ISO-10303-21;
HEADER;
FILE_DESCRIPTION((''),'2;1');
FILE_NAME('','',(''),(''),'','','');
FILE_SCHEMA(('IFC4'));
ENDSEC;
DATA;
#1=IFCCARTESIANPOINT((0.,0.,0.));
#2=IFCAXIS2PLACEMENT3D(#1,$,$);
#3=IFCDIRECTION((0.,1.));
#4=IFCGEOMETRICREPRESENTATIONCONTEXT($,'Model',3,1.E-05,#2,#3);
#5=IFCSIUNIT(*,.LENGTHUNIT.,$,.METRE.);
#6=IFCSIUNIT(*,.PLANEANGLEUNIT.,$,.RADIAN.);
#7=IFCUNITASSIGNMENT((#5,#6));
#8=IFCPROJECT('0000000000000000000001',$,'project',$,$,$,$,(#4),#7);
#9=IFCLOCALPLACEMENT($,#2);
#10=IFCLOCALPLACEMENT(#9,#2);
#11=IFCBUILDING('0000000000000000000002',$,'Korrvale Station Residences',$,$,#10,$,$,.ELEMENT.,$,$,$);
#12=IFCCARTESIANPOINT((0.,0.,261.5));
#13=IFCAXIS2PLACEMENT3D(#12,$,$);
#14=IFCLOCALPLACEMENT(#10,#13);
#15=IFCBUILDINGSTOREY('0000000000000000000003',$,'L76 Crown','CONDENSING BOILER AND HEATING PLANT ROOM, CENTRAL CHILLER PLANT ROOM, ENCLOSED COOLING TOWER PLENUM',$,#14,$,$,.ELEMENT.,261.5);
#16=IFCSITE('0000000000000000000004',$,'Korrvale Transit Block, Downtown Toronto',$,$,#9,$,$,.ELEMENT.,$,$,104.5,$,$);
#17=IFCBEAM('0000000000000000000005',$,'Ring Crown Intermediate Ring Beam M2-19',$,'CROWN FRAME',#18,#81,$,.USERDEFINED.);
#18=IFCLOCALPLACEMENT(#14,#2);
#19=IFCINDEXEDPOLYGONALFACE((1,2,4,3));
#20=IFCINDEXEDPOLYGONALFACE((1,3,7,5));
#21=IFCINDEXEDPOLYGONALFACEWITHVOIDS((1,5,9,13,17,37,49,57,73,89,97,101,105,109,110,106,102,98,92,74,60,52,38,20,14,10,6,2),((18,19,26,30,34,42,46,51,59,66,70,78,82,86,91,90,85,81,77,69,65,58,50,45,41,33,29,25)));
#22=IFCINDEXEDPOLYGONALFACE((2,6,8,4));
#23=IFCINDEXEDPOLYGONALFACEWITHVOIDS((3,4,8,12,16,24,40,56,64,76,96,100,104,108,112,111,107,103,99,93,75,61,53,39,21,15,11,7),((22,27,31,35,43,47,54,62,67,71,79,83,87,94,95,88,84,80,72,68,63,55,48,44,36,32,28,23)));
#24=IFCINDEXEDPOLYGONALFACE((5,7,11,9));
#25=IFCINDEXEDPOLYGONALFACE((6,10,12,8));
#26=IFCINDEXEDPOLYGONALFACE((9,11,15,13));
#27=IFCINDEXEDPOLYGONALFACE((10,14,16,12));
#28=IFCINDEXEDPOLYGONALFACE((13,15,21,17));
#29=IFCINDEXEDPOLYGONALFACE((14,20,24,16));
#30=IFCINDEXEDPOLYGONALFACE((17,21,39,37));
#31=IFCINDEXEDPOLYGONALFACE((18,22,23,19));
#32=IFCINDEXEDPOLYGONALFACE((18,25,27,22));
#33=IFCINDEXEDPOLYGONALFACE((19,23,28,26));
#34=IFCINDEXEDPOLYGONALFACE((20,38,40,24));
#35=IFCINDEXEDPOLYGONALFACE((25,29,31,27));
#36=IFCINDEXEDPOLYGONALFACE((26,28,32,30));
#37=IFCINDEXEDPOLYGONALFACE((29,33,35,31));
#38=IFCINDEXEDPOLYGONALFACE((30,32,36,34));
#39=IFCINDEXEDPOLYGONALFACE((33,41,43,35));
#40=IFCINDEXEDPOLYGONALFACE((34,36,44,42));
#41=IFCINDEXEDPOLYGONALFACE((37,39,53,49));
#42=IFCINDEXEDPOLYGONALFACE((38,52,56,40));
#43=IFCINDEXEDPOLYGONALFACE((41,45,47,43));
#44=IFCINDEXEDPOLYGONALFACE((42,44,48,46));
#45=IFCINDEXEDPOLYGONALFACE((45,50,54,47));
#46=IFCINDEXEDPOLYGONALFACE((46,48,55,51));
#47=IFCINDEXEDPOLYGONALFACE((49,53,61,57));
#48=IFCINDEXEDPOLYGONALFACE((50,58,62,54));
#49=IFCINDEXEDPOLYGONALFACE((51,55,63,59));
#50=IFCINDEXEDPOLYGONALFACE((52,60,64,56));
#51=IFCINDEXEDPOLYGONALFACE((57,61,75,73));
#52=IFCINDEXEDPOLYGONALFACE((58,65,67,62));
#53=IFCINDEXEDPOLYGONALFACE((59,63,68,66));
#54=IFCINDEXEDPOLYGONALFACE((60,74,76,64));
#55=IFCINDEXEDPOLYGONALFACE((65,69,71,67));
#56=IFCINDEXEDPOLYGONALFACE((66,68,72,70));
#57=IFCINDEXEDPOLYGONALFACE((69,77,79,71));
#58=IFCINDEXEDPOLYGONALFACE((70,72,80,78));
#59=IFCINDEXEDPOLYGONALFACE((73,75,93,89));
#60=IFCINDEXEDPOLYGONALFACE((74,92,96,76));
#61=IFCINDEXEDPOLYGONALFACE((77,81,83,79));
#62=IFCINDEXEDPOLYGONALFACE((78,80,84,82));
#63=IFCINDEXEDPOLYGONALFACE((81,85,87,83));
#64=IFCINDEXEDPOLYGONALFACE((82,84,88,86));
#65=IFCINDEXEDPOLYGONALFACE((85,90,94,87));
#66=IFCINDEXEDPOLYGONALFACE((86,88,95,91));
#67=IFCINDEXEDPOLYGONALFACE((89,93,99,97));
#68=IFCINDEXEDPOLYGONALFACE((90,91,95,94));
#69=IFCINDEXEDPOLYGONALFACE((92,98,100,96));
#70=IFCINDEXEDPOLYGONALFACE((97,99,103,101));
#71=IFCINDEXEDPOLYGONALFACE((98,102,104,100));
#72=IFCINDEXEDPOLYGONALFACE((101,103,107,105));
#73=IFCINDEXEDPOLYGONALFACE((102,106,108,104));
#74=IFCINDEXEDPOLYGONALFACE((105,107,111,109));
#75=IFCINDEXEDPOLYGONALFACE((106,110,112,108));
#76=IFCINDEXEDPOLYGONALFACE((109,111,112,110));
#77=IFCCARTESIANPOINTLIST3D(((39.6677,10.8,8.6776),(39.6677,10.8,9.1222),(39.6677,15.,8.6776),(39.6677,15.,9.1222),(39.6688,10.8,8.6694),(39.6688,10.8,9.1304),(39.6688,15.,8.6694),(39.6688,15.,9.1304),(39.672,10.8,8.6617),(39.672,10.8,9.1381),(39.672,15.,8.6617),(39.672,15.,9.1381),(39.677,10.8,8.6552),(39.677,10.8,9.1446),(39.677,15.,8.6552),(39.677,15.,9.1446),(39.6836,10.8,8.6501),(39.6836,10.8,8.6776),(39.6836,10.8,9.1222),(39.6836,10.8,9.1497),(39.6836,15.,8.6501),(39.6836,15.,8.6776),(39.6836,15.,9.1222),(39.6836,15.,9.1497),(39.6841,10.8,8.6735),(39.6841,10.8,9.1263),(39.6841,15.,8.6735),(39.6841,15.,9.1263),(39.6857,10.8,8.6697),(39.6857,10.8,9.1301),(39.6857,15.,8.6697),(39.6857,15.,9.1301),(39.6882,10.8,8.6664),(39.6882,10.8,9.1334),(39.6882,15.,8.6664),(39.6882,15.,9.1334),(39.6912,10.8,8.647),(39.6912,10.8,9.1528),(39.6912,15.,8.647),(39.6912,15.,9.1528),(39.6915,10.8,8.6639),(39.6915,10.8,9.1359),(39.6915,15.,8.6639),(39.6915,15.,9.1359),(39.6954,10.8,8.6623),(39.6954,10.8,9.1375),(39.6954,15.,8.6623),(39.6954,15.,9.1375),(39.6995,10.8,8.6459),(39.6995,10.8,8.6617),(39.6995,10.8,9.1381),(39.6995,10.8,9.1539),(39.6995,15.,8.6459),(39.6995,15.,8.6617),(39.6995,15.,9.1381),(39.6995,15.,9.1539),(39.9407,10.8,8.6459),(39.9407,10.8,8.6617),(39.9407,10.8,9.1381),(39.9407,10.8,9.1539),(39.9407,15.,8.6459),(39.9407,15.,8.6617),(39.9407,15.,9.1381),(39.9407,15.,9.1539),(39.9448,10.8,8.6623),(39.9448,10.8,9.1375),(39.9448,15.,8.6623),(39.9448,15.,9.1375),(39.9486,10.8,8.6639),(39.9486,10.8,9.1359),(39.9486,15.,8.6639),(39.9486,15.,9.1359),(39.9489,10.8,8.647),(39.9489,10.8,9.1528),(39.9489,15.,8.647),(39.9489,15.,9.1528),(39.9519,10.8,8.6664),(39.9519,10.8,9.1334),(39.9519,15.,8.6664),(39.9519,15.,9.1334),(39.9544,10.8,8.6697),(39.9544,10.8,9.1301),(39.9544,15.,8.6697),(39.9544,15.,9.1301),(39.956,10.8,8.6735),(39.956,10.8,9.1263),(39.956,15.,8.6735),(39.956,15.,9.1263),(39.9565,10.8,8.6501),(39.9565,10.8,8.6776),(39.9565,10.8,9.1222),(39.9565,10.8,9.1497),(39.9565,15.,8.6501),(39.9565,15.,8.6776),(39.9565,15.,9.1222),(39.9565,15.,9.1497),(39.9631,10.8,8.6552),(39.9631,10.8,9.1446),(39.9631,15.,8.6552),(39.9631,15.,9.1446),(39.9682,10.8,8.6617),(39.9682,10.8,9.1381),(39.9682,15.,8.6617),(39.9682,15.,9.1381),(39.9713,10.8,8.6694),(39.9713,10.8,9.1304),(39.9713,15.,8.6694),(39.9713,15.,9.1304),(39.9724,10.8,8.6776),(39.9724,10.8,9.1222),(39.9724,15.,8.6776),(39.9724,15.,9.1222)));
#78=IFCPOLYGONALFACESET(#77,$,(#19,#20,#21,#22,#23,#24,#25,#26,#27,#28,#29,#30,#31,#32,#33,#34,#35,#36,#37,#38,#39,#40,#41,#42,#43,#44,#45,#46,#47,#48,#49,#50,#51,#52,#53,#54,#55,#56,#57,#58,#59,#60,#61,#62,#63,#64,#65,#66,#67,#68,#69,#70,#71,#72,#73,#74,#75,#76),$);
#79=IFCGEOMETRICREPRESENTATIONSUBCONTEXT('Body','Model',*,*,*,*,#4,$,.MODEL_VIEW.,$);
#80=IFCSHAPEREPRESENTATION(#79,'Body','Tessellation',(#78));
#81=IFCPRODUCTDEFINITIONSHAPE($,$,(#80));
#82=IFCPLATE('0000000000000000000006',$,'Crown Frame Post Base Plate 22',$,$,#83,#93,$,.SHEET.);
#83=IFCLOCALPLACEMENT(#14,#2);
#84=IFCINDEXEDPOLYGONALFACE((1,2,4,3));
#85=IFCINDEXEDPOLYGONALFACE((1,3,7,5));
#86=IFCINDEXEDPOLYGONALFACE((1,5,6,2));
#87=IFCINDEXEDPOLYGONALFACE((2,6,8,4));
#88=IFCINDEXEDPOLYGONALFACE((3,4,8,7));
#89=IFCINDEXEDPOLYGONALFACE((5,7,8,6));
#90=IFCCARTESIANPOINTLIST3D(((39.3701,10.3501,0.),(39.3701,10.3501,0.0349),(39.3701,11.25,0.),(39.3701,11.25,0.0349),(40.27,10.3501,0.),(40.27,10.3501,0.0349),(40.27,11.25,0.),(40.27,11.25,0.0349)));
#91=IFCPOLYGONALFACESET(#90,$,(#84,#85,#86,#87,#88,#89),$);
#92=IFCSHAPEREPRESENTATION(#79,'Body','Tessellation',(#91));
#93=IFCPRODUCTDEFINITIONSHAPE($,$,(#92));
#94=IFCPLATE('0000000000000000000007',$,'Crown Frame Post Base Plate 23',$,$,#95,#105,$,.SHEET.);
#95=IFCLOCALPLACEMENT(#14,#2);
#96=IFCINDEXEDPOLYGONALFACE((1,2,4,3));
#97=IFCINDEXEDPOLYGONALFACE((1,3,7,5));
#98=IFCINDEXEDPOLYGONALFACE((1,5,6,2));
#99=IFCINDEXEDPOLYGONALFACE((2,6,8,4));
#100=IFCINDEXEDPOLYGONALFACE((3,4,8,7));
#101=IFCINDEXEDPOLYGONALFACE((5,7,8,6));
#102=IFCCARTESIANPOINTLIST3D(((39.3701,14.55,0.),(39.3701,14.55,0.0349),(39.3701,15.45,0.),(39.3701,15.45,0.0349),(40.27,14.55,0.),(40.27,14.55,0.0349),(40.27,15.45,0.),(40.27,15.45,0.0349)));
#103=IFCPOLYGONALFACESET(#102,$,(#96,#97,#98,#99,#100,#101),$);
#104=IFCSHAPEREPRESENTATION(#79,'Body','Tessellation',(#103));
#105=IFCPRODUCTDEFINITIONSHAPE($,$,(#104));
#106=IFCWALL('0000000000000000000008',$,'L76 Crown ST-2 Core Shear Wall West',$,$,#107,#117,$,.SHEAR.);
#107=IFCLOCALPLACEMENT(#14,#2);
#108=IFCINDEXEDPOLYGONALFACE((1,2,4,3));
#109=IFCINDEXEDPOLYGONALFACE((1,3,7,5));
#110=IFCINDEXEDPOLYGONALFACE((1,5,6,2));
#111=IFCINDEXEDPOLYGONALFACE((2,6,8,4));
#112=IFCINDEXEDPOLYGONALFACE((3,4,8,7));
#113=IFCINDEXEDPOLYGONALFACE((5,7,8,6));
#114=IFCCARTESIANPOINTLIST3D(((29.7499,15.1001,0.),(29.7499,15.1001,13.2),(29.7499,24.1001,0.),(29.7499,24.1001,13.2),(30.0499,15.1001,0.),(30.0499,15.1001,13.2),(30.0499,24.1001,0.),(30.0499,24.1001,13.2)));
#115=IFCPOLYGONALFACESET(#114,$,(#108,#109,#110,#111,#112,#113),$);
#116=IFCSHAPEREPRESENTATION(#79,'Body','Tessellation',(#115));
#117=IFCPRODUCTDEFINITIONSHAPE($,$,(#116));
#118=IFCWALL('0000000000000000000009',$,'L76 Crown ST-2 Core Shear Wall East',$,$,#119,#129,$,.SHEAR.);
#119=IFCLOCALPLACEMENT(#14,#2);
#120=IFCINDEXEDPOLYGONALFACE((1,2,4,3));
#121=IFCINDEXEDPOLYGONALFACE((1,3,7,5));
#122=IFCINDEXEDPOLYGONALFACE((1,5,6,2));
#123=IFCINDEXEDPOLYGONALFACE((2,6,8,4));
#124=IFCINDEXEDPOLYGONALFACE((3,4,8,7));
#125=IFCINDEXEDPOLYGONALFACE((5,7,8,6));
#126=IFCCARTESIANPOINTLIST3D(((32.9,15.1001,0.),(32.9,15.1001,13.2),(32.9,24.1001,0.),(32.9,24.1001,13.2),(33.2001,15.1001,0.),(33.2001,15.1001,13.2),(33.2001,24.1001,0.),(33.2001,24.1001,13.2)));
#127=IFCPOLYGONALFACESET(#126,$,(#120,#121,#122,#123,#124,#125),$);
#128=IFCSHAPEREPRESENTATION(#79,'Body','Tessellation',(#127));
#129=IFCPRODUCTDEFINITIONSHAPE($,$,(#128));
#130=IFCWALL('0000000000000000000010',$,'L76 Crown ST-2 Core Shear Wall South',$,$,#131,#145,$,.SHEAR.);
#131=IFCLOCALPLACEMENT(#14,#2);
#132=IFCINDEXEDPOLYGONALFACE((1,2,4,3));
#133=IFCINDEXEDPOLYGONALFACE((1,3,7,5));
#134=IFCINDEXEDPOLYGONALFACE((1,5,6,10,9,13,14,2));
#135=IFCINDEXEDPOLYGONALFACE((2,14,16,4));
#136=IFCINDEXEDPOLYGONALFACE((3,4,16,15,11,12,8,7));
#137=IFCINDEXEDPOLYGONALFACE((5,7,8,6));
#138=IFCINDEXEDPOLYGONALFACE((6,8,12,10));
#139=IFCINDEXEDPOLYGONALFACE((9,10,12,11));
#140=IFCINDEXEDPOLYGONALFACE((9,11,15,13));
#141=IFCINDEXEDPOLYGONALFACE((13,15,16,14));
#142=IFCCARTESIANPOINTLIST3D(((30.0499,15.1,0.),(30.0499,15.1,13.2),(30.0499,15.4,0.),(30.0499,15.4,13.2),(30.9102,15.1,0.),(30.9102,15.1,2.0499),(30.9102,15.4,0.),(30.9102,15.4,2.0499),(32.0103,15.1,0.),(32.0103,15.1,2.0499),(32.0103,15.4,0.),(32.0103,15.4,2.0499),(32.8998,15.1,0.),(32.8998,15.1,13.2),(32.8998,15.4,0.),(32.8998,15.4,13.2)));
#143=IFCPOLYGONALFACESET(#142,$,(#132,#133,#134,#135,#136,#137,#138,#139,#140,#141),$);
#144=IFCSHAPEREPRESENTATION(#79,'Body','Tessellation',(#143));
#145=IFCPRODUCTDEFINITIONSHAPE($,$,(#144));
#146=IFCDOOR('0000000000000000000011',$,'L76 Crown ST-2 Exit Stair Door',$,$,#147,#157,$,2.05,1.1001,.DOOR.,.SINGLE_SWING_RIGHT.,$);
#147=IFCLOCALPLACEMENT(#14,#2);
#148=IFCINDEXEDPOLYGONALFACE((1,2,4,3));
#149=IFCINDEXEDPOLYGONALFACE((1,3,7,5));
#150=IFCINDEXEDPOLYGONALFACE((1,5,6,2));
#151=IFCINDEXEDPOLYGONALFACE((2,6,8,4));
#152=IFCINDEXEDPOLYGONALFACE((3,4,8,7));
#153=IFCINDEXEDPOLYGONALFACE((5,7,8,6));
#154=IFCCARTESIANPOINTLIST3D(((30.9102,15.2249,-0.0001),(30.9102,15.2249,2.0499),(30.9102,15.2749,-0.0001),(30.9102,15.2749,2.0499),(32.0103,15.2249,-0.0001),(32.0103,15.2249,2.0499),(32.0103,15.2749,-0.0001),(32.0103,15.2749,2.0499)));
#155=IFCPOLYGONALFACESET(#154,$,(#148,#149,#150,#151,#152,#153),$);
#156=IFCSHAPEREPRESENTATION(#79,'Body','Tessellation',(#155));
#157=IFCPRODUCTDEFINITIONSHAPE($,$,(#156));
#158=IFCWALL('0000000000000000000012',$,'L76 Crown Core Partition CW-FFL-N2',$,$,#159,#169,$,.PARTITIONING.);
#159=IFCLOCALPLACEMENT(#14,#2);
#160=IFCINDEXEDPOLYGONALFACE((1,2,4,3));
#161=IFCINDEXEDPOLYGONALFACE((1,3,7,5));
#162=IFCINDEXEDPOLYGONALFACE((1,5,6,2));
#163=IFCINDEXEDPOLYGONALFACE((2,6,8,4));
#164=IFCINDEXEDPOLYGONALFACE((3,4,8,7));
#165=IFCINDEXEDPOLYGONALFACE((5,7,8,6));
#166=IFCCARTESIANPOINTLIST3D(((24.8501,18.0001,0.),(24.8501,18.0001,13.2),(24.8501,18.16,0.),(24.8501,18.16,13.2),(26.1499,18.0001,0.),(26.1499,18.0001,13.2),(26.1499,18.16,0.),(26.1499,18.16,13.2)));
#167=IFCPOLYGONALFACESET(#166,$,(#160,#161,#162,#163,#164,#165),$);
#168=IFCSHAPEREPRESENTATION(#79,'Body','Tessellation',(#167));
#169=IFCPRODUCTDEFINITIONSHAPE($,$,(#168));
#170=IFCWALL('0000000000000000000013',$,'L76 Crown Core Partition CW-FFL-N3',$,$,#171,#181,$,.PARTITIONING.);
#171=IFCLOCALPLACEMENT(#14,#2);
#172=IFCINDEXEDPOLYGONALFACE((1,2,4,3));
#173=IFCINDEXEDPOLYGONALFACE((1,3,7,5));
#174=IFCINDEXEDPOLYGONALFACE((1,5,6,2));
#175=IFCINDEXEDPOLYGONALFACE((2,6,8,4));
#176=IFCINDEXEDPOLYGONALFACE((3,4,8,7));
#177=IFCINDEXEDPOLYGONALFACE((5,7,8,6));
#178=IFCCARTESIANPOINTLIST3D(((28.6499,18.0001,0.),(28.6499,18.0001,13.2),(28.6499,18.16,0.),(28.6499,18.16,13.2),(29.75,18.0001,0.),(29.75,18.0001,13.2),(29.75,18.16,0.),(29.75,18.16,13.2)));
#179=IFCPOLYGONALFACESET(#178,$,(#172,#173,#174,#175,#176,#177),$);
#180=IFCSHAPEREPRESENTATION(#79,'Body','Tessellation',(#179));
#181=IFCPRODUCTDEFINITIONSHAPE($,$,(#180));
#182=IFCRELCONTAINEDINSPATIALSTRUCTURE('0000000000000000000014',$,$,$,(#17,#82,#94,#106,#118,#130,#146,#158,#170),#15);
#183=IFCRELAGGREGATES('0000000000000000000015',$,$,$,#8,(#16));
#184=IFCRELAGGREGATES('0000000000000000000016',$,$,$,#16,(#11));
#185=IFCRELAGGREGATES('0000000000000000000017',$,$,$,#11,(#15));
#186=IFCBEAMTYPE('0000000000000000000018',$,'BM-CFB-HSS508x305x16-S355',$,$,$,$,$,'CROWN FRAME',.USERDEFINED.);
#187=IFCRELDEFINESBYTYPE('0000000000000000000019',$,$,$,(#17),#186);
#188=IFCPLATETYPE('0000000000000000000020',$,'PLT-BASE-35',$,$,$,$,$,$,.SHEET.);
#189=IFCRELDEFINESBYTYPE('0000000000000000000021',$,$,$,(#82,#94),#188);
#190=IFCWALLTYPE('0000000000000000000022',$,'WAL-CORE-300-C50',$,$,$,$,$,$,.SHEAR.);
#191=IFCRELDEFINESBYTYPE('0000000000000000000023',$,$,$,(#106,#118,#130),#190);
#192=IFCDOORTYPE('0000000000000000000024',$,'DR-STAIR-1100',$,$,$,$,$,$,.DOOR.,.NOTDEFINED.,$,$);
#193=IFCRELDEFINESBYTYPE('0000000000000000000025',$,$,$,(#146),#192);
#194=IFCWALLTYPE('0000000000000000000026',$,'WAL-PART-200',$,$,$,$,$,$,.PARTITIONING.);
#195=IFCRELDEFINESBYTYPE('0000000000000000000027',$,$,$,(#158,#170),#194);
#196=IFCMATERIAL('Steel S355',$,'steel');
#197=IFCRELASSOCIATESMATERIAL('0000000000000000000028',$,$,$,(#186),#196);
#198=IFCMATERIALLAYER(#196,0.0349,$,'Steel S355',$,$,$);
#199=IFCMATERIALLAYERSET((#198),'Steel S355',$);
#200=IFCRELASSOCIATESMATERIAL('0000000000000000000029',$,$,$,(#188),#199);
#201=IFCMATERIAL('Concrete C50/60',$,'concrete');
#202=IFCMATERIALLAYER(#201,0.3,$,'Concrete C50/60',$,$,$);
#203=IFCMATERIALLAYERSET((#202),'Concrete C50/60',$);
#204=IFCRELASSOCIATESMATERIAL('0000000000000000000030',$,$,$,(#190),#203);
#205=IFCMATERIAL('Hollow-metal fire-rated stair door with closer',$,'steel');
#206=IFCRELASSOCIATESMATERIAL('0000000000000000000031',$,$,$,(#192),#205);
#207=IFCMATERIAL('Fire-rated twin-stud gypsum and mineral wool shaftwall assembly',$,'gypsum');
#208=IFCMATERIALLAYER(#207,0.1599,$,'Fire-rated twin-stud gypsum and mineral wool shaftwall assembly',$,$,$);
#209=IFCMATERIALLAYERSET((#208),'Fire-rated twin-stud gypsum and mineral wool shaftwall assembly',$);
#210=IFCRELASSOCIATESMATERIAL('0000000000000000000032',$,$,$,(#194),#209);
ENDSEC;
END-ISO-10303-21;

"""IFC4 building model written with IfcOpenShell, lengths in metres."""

from ifc_helpers import new_model, si_unit, direction, frame, frame_2d, origin, origin_2d, place, context, subcontext, project, spatial, rectangle, hollow_rectangle, extrude, material, layer, layer_set, material_profile, profile_set, type_object, element, fill, save


model = new_model("IFC4")

# Units and contexts
model_context = context("Model", 3, precision=1e-05, world=origin(), true_north=direction((0.0, 1.0)))
body_context = subcontext(model_context, "Body", "Model", "MODEL_VIEW")
ifc_project = project(units=[si_unit("LENGTHUNIT", "METRE"), si_unit("PLANEANGLEUNIT", "RADIAN")], contexts=[model_context])

# Site, building, storey
site_placement = place(None, origin())
site = spatial("IfcSite", under=ifc_project, at=site_placement, Name="Korrvale Transit Block, Downtown Toronto", CompositionType="ELEMENT", RefElevation=104.5)
building_placement = place(site_placement, origin())
building = spatial("IfcBuilding", under=site, at=building_placement, Name="Korrvale Station Residences", CompositionType="ELEMENT")
storey_placement = place(building_placement, frame((0.0, 0.0, 261.5)))
storey = spatial("IfcBuildingStorey", under=building, at=storey_placement, Name="L76 Crown", Description="CONDENSING BOILER AND HEATING PLANT ROOM, CENTRAL CHILLER PLANT ROOM, ENCLOSED COOLING TOWER PLENUM", CompositionType="ELEMENT", Elevation=261.5)

# Shared definitions
ifc_material_1 = material(Name="Concrete C50/60", Category="concrete")
ifc_material_2 = material(Name="Steel S355", Category="steel")

# Beam
ifc_material_profile_1 = material_profile(ifc_material_2, hollow_rectangle(XDim=0.3047, YDim=0.5081, WallThickness=0.0159, InnerFilletRadius=0.0159, OuterFilletRadius=0.0317, at=origin_2d()), Name="HSS508x305x16")
ifc_profile_set_1 = profile_set([ifc_material_profile_1], Name="Steel S355")
beam_type_1 = type_object("IfcBeamType", Name="BM-CFB-HSS508x305x16-S355", ElementType="CROWN FRAME", PredefinedType="USERDEFINED", material=ifc_profile_set_1)
for number, where, z_axis, x_axis, name in (
    (1, (39.8201, 10.8, 8.8999), (0.0, 1.0, 0.0), (-1.0, 0.0, 0.0), "Ring Crown Intermediate Ring Beam M2-19"),
):
    element("IfcBeam", number, at=place(storey_placement, frame(where, z_axis=z_axis, x_axis=x_axis)), inside=storey, type_object=beam_type_1, Name=name, ObjectType="CROWN FRAME", PredefinedType="USERDEFINED", context=body_context, shape_type="SweptSolid", body=[
        extrude(hollow_rectangle(XDim=0.3047, YDim=0.5081, WallThickness=0.0159, InnerFilletRadius=0.0159, OuterFilletRadius=0.0317, at=origin_2d()), origin(), (0.0, 0.0, 1.0), 4.2),
    ])

# Plates
ifc_layer_1 = layer(ifc_material_2, 0.0349, Name="Steel S355")
ifc_layer_set_1 = layer_set([ifc_layer_1], Name="Steel S355")
plate_type = type_object("IfcPlateType", Name="PLT-BASE-35", PredefinedType="SHEET", material=ifc_layer_set_1)
for number, where, z_axis, x_axis, name in (
    (2, (39.8201, 10.8, 0.0), (0.0, 0.0, 1.0), (1.0, 0.0, 0.0), "Crown Frame Post Base Plate 22"),
    (3, (39.8201, 15.0, 0.0), (0.0, 0.0, 1.0), (1.0, 0.0, 0.0), "Crown Frame Post Base Plate 23"),
):
    element("IfcPlate", number, at=place(storey_placement, frame(where, z_axis=z_axis, x_axis=x_axis)), inside=storey, type_object=plate_type, Name=name, PredefinedType="SHEET", context=body_context, shape_type="SweptSolid", body=[
        extrude(rectangle(XDim=0.8999, YDim=0.8999, at=origin_2d()), origin(), (0.0, 0.0, 1.0), 0.0349),
    ])

# Walls
ifc_layer_2 = layer(ifc_material_1, 0.3, Name="Concrete C50/60")
ifc_layer_set_2 = layer_set([ifc_layer_2], Name="Concrete C50/60")
wall_type_1 = type_object("IfcWallType", Name="WAL-CORE-300-C50", PredefinedType="SHEAR", material=ifc_layer_set_2)
for number, where, z_axis, x_axis, name in (
    (4, (29.8999, 15.1001, 0.0), (0.0, 0.0, 1.0), (0.0, 1.0, 0.0), "L76 Crown ST-2 Core Shear Wall West"),
    (5, (33.05, 15.1001, 0.0), (0.0, 0.0, 1.0), (0.0, 1.0, 0.0), "L76 Crown ST-2 Core Shear Wall East"),
):
    element("IfcWall", number, at=place(storey_placement, frame(where, z_axis=z_axis, x_axis=x_axis)), inside=storey, type_object=wall_type_1, Name=name, PredefinedType="SHEAR", context=body_context, shape_type="SweptSolid", body=[
        extrude(rectangle(XDim=9.0, YDim=0.3, at=frame_2d((4.5, 0.0))), origin(), (0.0, 0.0, 1.0), 13.2),
    ])

# Wall, opening, door
wall_1_placement = place(storey_placement, frame((30.05, 15.25, 0.0), z_axis=(0.0, 0.0, 1.0), x_axis=(1.0, 0.0, 0.0)))
wall_1 = element("IfcWall", 6, at=wall_1_placement, inside=storey, type_object=wall_type_1, Name="L76 Crown ST-2 Core Shear Wall South", PredefinedType="SHEAR", context=body_context, shape_type="SweptSolid", body=[
    extrude(rectangle(XDim=2.8499, YDim=0.3, at=frame_2d((1.4248, 0.0))), origin(), (0.0, 0.0, 1.0), 13.2),
])
opening_1_placement = place(wall_1_placement, frame((0.8601, 0.0, 0.0)))
opening_1 = element("IfcOpeningElement", 7, at=opening_1_placement, cuts=wall_1, PredefinedType="OPENING", context=body_context, shape_type="SweptSolid", body=[
    extrude(rectangle(XDim=1.1001, YDim=2.05, at=frame_2d((0.55, 1.0249))), frame((0.0, 0.1602, 0.0), z_axis=(0.0, -1.0, 0.0), x_axis=(1.0, 0.0, 0.0)), (0.0, 0.0, 1.0), 0.3201),
])
ifc_material_3 = material(Name="Hollow-metal fire-rated stair door with closer", Category="steel")
door_type_1 = type_object("IfcDoorType", Name="DR-STAIR-1100", OperationType="NOTDEFINED", PredefinedType="DOOR", material=ifc_material_3)
door_1_placement = place(opening_1_placement, origin())
door_1 = element("IfcDoor", 8, at=door_1_placement, inside=storey, type_object=door_type_1, Name="L76 Crown ST-2 Exit Stair Door", OperationType="SINGLE_SWING_RIGHT", OverallHeight=2.05, OverallWidth=1.1001, PredefinedType="DOOR", context=body_context, shape_type="SweptSolid", body=[
    extrude(rectangle(XDim=1.1001, YDim=2.05, at=frame_2d((0.55, 1.0249))), frame((0.0, 0.0249, 0.0), z_axis=(0.0, -1.0, 0.0), x_axis=(1.0, 0.0, 0.0)), (0.0, 0.0, 1.0), 0.05),
])
fill(opening_1, door_1)

# Walls
ifc_material_4 = material(Name="Fire-rated twin-stud gypsum and mineral wool shaftwall assembly", Category="gypsum")
ifc_layer_3 = layer(ifc_material_4, 0.1599, Name="Fire-rated twin-stud gypsum and mineral wool shaftwall assembly")
ifc_layer_set_3 = layer_set([ifc_layer_3], Name="Fire-rated twin-stud gypsum and mineral wool shaftwall assembly")
wall_type_2 = type_object("IfcWallType", Name="WAL-PART-200", PredefinedType="PARTITIONING", material=ifc_layer_set_3)
wall_2_placement = place(storey_placement, frame((24.8501, 18.0801, 0.0), z_axis=(0.0, 0.0, 1.0), x_axis=(1.0, 0.0, 0.0)))
element("IfcWall", 9, at=wall_2_placement, inside=storey, type_object=wall_type_2, Name="L76 Crown Core Partition CW-FFL-N2", PredefinedType="PARTITIONING", context=body_context, shape_type="SweptSolid", body=[
    extrude(rectangle(XDim=1.2998, YDim=0.1599, at=frame_2d((0.6499, 0.0))), origin(), (0.0, 0.0, 1.0), 13.2),
])
wall_3_placement = place(storey_placement, frame((28.6499, 18.0801, 0.0), z_axis=(0.0, 0.0, 1.0), x_axis=(1.0, 0.0, 0.0)))
element("IfcWall", 10, at=wall_3_placement, inside=storey, type_object=wall_type_2, Name="L76 Crown Core Partition CW-FFL-N3", PredefinedType="PARTITIONING", context=body_context, shape_type="SweptSolid", body=[
    extrude(rectangle(XDim=1.1001, YDim=0.1599, at=frame_2d((0.55, 0.0))), origin(), (0.0, 0.0, 1.0), 13.2),
])

save(model, "model.ifc")
